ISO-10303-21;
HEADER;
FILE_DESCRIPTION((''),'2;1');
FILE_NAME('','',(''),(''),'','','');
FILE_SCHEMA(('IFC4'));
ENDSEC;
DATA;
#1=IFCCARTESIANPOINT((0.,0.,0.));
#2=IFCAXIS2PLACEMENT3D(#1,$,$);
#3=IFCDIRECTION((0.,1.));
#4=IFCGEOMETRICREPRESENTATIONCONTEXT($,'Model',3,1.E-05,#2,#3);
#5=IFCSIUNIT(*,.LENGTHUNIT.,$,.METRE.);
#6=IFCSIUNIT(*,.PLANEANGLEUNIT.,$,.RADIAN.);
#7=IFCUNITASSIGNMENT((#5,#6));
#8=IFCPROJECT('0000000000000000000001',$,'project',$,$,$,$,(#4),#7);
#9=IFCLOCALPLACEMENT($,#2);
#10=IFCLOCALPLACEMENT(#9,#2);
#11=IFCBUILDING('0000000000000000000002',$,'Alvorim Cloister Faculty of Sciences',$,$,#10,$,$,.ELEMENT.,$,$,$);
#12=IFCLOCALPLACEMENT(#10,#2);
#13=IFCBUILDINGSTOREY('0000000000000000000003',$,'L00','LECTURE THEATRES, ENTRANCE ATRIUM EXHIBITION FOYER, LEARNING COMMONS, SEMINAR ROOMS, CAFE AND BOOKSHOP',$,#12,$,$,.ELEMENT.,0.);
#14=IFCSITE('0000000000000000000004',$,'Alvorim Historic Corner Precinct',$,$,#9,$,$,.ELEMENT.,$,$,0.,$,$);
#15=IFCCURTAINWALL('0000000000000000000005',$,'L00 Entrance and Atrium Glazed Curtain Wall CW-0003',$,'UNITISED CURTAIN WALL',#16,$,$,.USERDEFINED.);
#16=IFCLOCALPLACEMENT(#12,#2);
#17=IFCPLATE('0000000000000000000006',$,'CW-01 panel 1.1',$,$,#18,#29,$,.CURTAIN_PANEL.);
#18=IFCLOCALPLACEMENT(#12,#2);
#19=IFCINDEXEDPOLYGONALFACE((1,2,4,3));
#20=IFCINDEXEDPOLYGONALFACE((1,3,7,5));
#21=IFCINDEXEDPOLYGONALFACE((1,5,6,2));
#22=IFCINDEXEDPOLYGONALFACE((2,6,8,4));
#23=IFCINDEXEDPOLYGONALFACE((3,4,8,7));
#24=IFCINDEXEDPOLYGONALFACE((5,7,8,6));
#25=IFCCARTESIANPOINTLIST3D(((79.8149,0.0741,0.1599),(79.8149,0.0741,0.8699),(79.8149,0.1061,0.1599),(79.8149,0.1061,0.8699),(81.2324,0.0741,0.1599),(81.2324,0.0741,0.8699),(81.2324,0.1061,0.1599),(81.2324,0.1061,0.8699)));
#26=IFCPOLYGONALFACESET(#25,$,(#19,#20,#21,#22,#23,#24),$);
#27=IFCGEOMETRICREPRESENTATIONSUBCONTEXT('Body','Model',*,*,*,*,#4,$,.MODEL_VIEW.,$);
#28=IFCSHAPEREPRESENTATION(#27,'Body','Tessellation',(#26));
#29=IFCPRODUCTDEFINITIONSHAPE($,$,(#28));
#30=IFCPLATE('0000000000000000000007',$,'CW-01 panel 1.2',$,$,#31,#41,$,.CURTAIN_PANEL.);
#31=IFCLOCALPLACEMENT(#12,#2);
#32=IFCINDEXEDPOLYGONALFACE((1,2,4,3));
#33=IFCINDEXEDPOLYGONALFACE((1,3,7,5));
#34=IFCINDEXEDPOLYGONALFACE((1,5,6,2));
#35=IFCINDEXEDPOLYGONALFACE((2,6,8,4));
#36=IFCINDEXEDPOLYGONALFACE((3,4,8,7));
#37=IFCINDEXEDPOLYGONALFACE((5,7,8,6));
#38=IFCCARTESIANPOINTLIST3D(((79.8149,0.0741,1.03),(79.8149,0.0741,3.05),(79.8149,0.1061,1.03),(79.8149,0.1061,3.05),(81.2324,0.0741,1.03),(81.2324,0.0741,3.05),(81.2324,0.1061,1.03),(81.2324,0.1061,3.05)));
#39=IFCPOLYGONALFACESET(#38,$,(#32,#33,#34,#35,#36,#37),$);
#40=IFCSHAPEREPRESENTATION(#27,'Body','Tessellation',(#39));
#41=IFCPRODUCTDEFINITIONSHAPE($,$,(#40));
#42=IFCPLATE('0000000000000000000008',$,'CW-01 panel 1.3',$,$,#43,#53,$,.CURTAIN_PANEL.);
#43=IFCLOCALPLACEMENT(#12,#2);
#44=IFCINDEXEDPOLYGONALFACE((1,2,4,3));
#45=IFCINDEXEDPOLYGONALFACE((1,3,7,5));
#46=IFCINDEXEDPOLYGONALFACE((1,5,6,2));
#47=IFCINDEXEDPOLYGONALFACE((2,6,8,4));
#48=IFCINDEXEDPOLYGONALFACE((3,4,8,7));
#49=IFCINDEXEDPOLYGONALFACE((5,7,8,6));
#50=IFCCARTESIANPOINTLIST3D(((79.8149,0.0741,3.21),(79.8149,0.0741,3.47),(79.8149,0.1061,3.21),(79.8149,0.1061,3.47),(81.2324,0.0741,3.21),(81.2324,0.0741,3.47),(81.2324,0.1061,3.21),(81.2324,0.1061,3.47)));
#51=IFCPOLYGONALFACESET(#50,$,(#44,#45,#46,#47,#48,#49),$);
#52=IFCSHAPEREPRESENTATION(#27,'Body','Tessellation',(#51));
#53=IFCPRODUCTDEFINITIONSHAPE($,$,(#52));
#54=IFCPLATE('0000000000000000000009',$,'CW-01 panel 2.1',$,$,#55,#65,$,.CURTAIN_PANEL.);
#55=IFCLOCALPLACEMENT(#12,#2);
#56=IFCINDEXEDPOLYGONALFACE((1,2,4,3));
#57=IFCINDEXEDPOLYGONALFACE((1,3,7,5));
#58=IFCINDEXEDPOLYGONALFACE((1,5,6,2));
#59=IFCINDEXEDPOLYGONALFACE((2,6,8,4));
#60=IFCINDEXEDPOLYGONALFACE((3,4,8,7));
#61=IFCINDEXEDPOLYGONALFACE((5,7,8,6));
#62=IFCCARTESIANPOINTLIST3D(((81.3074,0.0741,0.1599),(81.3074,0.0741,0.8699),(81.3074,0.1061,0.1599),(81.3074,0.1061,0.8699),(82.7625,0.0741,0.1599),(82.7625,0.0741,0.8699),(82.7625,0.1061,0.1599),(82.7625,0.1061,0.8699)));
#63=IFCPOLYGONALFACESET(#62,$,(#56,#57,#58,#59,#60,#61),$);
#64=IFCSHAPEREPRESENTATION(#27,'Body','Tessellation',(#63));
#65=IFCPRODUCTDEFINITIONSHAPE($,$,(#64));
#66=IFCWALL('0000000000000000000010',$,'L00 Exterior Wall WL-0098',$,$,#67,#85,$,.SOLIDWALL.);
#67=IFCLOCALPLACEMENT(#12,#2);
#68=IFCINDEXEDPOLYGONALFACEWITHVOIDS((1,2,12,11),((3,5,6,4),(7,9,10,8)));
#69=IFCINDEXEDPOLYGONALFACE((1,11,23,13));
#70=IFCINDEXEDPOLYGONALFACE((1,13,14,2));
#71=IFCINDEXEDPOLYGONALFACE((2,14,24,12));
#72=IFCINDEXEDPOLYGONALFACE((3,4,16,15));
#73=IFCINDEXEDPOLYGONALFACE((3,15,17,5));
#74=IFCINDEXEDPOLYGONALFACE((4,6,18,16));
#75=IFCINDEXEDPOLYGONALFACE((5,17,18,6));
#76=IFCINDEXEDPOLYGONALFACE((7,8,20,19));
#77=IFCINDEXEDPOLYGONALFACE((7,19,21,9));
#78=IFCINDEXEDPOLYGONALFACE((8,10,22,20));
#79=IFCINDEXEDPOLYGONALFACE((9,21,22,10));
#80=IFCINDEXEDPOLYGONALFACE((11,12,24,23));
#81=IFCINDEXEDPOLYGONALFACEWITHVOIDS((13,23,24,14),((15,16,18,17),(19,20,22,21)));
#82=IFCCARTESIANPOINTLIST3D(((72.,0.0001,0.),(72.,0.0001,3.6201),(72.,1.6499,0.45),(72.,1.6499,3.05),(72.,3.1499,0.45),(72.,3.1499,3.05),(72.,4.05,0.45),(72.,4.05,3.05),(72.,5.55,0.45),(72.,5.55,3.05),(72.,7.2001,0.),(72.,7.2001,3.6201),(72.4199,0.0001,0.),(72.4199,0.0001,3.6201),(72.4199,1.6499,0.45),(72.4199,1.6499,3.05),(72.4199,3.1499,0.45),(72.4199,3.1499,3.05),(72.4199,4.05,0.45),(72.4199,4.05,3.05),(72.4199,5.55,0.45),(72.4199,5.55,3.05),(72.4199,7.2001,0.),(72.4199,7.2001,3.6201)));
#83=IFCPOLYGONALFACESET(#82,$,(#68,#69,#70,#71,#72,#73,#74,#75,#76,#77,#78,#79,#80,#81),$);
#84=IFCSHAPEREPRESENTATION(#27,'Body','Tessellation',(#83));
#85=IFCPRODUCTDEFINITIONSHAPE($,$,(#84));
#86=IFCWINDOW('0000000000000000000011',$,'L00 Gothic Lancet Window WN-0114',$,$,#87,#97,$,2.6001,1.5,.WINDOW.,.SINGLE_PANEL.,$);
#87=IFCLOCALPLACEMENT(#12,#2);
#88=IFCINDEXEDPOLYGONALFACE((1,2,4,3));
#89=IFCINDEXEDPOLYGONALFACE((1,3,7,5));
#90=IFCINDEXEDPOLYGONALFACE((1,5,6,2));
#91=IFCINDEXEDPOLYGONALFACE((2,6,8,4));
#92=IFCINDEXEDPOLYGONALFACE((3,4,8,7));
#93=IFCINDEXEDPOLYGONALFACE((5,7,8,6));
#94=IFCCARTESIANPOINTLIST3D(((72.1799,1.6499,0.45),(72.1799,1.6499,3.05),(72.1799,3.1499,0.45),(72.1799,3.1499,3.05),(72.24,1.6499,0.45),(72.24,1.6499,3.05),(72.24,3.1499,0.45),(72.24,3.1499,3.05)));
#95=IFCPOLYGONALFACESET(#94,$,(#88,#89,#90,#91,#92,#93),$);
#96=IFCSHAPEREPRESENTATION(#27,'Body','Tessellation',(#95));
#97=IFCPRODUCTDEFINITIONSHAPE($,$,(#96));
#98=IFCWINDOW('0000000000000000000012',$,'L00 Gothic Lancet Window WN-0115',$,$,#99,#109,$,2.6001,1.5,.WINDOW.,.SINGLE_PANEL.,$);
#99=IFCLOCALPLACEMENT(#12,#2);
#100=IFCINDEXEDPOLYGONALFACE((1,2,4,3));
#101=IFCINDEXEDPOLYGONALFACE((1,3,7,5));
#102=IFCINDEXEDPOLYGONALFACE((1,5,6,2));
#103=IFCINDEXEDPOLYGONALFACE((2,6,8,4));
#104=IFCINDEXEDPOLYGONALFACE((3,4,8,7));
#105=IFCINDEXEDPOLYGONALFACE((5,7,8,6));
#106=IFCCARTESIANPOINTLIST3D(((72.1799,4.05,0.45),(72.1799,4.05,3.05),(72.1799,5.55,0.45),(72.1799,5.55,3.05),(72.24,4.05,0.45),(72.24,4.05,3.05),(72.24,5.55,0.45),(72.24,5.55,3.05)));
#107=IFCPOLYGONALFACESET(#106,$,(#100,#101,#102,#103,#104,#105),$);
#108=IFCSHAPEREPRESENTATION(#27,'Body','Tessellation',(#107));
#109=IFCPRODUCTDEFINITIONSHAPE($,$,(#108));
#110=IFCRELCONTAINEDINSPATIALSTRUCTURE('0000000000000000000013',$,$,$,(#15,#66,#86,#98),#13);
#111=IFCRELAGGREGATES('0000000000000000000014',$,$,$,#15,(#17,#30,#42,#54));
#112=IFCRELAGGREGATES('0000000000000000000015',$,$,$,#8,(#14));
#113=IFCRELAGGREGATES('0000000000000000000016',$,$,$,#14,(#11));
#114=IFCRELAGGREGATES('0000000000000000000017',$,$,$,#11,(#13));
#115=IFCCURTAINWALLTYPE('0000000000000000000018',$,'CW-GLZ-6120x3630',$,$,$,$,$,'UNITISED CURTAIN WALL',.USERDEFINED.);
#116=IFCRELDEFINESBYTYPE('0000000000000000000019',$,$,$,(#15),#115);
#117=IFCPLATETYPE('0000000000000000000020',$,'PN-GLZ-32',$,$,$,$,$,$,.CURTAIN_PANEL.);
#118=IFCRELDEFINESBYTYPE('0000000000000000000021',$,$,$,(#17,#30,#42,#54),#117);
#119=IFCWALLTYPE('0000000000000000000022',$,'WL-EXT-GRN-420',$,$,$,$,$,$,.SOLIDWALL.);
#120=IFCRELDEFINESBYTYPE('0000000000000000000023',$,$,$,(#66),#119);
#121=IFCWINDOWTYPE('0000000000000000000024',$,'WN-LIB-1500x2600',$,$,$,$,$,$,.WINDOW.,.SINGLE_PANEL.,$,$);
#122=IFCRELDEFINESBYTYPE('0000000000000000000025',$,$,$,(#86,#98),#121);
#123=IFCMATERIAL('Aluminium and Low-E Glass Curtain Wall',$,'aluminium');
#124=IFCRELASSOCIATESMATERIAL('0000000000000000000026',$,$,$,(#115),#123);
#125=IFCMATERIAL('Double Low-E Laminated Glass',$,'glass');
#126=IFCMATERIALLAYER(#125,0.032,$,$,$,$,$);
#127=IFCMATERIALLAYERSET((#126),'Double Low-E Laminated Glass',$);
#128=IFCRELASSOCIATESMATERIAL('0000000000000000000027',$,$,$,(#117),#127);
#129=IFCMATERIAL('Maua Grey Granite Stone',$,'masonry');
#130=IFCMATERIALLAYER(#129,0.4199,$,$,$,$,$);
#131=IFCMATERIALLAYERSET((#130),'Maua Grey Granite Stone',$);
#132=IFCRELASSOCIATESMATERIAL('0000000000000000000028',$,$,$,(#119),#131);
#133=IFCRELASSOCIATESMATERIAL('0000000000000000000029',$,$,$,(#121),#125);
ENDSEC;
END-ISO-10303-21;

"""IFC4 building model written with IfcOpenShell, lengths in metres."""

from ifc_helpers import new_model, si_unit, direction, frame, frame_2d, origin, origin_2d, place, context, subcontext, project, spatial, rectangle, extrude, material, layer, layer_set, type_object, element, fill, aggregate, save


model = new_model("IFC4")

# Units and contexts
model_context = context("Model", 3, precision=1e-05, world=origin(), true_north=direction((0.0, 1.0)))
body_context = subcontext(model_context, "Body", "Model", "MODEL_VIEW")
ifc_project = project(units=[si_unit("LENGTHUNIT", "METRE"), si_unit("PLANEANGLEUNIT", "RADIAN")], contexts=[model_context])

# Site, building, storey
site_placement = place(None, origin())
site = spatial("IfcSite", under=ifc_project, at=site_placement, Name="Alvorim Historic Corner Precinct", CompositionType="ELEMENT", RefElevation=0.0)
building_placement = place(site_placement, origin())
building = spatial("IfcBuilding", under=site, at=building_placement, Name="Alvorim Cloister Faculty of Sciences", CompositionType="ELEMENT")
storey_placement = place(building_placement, origin())
storey = spatial("IfcBuildingStorey", under=building, at=storey_placement, Name="L00", Description="LECTURE THEATRES, ENTRANCE ATRIUM EXHIBITION FOYER, LEARNING COMMONS, SEMINAR ROOMS, CAFE AND BOOKSHOP", CompositionType="ELEMENT", Elevation=0.0)

# Curtain wall, plates
ifc_material_1 = material(Name="Aluminium and Low-E Glass Curtain Wall", Category="aluminium")
curtain_wall_type = type_object("IfcCurtainWallType", Name="CW-GLZ-6120x3630", ElementType="UNITISED CURTAIN WALL", PredefinedType="USERDEFINED", material=ifc_material_1)
curtain_wall_placement = place(storey_placement, origin())
curtain_wall = element("IfcCurtainWall", 1, at=curtain_wall_placement, inside=storey, type_object=curtain_wall_type, Name="L00 Entrance and Atrium Glazed Curtain Wall CW-0003", ObjectType="UNITISED CURTAIN WALL", PredefinedType="USERDEFINED")
ifc_material_2 = material(Name="Double Low-E Laminated Glass", Category="glass")
ifc_layer_1 = layer(ifc_material_2, 0.032)
ifc_layer_set_1 = layer_set([ifc_layer_1], Name="Double Low-E Laminated Glass")
plate_type = type_object("IfcPlateType", Name="PN-GLZ-32", PredefinedType="CURTAIN_PANEL", material=ifc_layer_set_1)
plate_1_placement = place(storey_placement, frame((80.5237, 0.0901, 0.1599), z_axis=(0.0, 0.0, 1.0), x_axis=(1.0, 0.0, 0.0)))
plate_1 = element("IfcPlate", 2, at=plate_1_placement, type_object=plate_type, Name="CW-01 panel 1.1", PredefinedType="CURTAIN_PANEL", context=body_context, shape_type="SweptSolid", body=[
    extrude(rectangle(XDim=1.4175, YDim=0.032, at=origin_2d()), origin(), (0.0, 0.0, 1.0), 0.71),
])
plate_2_placement = place(storey_placement, frame((80.5237, 0.0901, 1.03), z_axis=(0.0, 0.0, 1.0), x_axis=(1.0, 0.0, 0.0)))
plate_2 = element("IfcPlate", 3, at=plate_2_placement, type_object=plate_type, Name="CW-01 panel 1.2", PredefinedType="CURTAIN_PANEL", context=body_context, shape_type="SweptSolid", body=[
    extrude(rectangle(XDim=1.4175, YDim=0.032, at=origin_2d()), origin(), (0.0, 0.0, 1.0), 2.02),
])
plate_3_placement = place(storey_placement, frame((80.5237, 0.0901, 3.21), z_axis=(0.0, 0.0, 1.0), x_axis=(1.0, 0.0, 0.0)))
plate_3 = element("IfcPlate", 4, at=plate_3_placement, type_object=plate_type, Name="CW-01 panel 1.3", PredefinedType="CURTAIN_PANEL", context=body_context, shape_type="SweptSolid", body=[
    extrude(rectangle(XDim=1.4175, YDim=0.032, at=origin_2d()), origin(), (0.0, 0.0, 1.0), 0.26),
])
plate_4_placement = place(storey_placement, frame((82.0349, 0.0901, 0.1599), z_axis=(0.0, 0.0, 1.0), x_axis=(1.0, 0.0, 0.0)))
plate_4 = element("IfcPlate", 5, at=plate_4_placement, type_object=plate_type, Name="CW-01 panel 2.1", PredefinedType="CURTAIN_PANEL", context=body_context, shape_type="SweptSolid", body=[
    extrude(rectangle(XDim=1.4551, YDim=0.032, at=origin_2d()), origin(), (0.0, 0.0, 1.0), 0.71),
])
aggregate(curtain_wall, [plate_1, plate_2, plate_3, plate_4])

# Wall, openings, windows
ifc_material_3 = material(Name="Maua Grey Granite Stone", Category="masonry")
ifc_layer_2 = layer(ifc_material_3, 0.4199)
ifc_layer_set_2 = layer_set([ifc_layer_2], Name="Maua Grey Granite Stone")
wall_type = type_object("IfcWallType", Name="WL-EXT-GRN-420", PredefinedType="SOLIDWALL", material=ifc_layer_set_2)
wall_placement = place(storey_placement, frame((72.21, 0.0, 0.0), z_axis=(0.0, 0.0, 1.0), x_axis=(0.0, 1.0, 0.0)))
wall = element("IfcWall", 6, at=wall_placement, inside=storey, type_object=wall_type, Name="L00 Exterior Wall WL-0098", PredefinedType="SOLIDWALL", context=body_context, shape_type="SweptSolid", body=[
    extrude(rectangle(XDim=7.2, YDim=0.4199, at=frame_2d((3.6001, 0.0))), origin(), (0.0, 0.0, 1.0), 3.6201),
])
opening_1_placement = place(wall_placement, frame((1.6499, 0.0, 0.45)))
opening_1 = element("IfcOpeningElement", 7, at=opening_1_placement, cuts=wall, PredefinedType="OPENING", context=body_context, shape_type="SweptSolid", body=[
    extrude(rectangle(XDim=1.5, YDim=2.6001, at=frame_2d((0.75, 1.3))), frame((0.0, 0.2219, 0.0), z_axis=(0.0, -1.0, 0.0), x_axis=(1.0, 0.0, 0.0)), (0.0, 0.0, 1.0), 0.4438),
])
opening_2_placement = place(wall_placement, frame((4.05, 0.0, 0.45)))
opening_2 = element("IfcOpeningElement", 8, at=opening_2_placement, cuts=wall, PredefinedType="OPENING", context=body_context, shape_type="SweptSolid", body=[
    extrude(rectangle(XDim=1.5, YDim=2.6001, at=frame_2d((0.75, 1.3))), frame((0.0, 0.2219, 0.0), z_axis=(0.0, -1.0, 0.0), x_axis=(1.0, 0.0, 0.0)), (0.0, 0.0, 1.0), 0.4438),
])
window_type = type_object("IfcWindowType", Name="WN-LIB-1500x2600", PartitioningType="SINGLE_PANEL", PredefinedType="WINDOW", material=ifc_material_2)
window_1_placement = place(opening_1_placement, origin())
window_1 = element("IfcWindow", 9, at=window_1_placement, inside=storey, type_object=window_type, Name="L00 Gothic Lancet Window WN-0114", OverallHeight=2.6001, OverallWidth=1.5, PartitioningType="SINGLE_PANEL", PredefinedType="WINDOW", context=body_context, shape_type="SweptSolid", body=[
    extrude(rectangle(XDim=1.5, YDim=2.6001, at=frame_2d((0.75, 1.3))), frame((0.0, 0.03, 0.0), z_axis=(0.0, -1.0, 0.0), x_axis=(1.0, 0.0, 0.0)), (0.0, 0.0, 1.0), 0.0601),
])
fill(opening_1, window_1)
window_2_placement = place(opening_2_placement, origin())
window_2 = element("IfcWindow", 10, at=window_2_placement, inside=storey, type_object=window_type, Name="L00 Gothic Lancet Window WN-0115", OverallHeight=2.6001, OverallWidth=1.5, PartitioningType="SINGLE_PANEL", PredefinedType="WINDOW", context=body_context, shape_type="SweptSolid", body=[
    extrude(rectangle(XDim=1.5, YDim=2.6001, at=frame_2d((0.75, 1.3))), frame((0.0, 0.03, 0.0), z_axis=(0.0, -1.0, 0.0), x_axis=(1.0, 0.0, 0.0)), (0.0, 0.0, 1.0), 0.0601),
])
fill(opening_2, window_2)

save(model, "model.ifc")
